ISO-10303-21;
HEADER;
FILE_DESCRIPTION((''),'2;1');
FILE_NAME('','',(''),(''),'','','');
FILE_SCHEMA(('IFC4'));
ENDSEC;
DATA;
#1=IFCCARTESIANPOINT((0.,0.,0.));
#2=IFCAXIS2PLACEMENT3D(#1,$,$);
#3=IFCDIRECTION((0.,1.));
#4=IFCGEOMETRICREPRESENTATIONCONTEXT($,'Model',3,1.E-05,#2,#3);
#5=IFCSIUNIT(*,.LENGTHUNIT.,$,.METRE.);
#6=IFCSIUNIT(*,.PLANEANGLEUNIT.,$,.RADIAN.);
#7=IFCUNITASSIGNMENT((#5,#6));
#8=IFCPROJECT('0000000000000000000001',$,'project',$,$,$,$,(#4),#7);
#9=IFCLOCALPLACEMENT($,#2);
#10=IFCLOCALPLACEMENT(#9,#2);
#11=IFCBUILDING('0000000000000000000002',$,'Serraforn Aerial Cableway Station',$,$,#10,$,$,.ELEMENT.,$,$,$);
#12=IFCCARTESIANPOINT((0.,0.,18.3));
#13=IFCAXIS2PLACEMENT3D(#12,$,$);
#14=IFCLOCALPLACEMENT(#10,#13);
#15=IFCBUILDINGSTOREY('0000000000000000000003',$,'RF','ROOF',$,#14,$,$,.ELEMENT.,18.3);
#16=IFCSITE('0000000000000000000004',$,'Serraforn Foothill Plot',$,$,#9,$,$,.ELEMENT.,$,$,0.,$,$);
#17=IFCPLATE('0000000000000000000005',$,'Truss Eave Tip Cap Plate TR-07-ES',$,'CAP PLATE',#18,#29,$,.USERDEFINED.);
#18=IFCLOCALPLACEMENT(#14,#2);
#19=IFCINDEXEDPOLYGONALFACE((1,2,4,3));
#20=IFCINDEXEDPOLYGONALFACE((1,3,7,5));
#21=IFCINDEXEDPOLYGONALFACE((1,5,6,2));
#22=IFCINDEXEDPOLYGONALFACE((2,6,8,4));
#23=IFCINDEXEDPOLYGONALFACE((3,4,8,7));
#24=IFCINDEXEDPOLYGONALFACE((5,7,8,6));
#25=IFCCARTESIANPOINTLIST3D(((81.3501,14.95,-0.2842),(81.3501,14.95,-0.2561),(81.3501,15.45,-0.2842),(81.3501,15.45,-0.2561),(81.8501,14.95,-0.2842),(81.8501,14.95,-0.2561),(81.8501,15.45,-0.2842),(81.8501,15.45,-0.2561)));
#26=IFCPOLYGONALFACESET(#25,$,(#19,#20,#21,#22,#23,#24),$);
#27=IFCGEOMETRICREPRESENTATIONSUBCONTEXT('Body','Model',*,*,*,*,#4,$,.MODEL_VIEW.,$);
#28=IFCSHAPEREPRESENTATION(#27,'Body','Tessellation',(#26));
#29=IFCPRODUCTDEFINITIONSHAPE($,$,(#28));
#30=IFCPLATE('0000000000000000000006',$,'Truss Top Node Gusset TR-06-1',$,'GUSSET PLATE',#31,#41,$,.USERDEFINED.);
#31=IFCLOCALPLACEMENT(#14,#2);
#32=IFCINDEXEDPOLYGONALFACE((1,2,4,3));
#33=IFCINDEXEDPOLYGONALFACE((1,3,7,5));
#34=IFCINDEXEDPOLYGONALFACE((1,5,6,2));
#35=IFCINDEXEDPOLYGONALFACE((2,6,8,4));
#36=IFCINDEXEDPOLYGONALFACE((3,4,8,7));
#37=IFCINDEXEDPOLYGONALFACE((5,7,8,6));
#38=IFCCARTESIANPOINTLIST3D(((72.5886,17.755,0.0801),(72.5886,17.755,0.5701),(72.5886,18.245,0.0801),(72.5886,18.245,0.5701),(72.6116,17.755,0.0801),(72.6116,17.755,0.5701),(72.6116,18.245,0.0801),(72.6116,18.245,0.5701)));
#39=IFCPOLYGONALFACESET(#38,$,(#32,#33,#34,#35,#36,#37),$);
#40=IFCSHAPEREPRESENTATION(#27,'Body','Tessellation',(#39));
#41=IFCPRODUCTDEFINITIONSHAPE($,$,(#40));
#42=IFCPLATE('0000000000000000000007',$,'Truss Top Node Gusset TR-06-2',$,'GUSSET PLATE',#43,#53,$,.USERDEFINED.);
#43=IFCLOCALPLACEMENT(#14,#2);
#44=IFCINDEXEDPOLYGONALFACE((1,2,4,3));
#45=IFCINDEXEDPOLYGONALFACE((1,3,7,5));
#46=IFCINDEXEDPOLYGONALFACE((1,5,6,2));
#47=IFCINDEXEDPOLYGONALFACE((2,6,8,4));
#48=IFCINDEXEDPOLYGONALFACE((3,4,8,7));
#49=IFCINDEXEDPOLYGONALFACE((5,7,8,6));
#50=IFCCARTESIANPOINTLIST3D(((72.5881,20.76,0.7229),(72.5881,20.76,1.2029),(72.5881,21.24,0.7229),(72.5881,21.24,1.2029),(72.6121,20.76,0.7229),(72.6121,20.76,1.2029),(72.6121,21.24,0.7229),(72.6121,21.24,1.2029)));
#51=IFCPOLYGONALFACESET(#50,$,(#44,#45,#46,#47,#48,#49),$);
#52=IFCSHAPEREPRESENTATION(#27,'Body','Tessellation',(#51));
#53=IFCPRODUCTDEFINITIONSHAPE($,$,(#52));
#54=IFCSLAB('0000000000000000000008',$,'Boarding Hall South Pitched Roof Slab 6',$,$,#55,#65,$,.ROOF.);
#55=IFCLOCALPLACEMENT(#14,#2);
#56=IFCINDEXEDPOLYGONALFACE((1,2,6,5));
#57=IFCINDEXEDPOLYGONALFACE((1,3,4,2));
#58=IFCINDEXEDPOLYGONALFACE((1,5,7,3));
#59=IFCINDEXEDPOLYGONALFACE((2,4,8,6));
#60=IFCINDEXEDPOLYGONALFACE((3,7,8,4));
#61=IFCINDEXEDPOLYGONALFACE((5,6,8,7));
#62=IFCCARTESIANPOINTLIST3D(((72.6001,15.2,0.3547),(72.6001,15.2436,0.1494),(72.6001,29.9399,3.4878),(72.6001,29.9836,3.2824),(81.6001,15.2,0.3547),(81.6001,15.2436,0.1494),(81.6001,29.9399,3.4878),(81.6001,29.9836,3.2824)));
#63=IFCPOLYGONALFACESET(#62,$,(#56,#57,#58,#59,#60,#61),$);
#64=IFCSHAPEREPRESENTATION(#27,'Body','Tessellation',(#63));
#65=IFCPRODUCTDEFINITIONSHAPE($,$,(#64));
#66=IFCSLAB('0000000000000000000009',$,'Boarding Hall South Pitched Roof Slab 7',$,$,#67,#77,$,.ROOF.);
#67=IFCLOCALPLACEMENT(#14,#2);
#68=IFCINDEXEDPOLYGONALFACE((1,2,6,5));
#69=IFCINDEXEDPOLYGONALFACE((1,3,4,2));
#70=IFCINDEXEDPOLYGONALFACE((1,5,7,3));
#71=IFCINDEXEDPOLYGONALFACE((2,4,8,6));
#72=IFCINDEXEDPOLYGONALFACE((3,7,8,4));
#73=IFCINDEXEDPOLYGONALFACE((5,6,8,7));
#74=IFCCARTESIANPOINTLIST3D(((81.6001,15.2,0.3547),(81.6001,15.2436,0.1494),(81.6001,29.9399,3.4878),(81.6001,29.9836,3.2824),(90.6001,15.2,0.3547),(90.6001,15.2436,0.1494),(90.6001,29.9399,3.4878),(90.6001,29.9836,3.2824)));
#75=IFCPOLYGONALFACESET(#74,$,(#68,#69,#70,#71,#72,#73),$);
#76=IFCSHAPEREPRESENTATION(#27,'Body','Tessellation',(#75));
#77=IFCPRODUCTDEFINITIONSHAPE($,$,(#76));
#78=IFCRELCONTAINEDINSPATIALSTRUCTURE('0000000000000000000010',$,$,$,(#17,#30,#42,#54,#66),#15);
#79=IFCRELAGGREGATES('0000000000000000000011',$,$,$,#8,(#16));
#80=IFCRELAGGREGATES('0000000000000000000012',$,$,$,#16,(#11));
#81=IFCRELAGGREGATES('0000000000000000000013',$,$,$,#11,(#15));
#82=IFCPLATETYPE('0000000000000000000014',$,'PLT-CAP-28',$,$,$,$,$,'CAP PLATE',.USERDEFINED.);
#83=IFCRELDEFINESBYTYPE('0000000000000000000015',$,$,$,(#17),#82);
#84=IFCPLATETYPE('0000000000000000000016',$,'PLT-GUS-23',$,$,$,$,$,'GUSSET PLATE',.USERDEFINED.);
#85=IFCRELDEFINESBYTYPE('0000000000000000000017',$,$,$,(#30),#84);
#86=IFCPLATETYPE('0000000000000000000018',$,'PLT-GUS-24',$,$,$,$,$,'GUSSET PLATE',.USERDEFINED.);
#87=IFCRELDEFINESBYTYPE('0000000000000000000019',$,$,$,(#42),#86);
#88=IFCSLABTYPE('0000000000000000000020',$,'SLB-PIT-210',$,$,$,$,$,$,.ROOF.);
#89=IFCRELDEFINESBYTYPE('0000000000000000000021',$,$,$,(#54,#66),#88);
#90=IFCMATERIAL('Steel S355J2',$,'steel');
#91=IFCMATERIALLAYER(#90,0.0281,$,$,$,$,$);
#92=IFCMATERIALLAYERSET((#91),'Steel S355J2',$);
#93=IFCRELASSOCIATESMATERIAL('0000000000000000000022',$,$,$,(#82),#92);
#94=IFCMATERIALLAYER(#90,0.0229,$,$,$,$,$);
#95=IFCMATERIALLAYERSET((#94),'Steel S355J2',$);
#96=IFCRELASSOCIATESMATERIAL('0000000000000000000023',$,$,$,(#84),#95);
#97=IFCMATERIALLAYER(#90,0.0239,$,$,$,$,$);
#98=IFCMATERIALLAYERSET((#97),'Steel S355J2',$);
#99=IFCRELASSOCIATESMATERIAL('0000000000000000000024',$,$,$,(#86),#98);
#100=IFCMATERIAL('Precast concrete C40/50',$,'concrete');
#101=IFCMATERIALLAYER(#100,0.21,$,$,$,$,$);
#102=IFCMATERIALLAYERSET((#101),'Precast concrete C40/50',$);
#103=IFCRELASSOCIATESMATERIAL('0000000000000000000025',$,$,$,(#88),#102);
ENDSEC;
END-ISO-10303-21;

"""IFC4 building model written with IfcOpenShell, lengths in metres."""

from ifc_helpers import new_model, si_unit, direction, frame, origin, origin_2d, place, context, subcontext, project, spatial, polyline, rectangle, outline, extrude, material, layer, layer_set, type_object, element, save


model = new_model("IFC4")

# Units and contexts
model_context = context("Model", 3, precision=1e-05, world=origin(), true_north=direction((0.0, 1.0)))
body_context = subcontext(model_context, "Body", "Model", "MODEL_VIEW")
ifc_project = project(units=[si_unit("LENGTHUNIT", "METRE"), si_unit("PLANEANGLEUNIT", "RADIAN")], contexts=[model_context])

# Site, building, storey
site_placement = place(None, origin())
site = spatial("IfcSite", under=ifc_project, at=site_placement, Name="Serraforn Foothill Plot", CompositionType="ELEMENT", RefElevation=0.0)
building_placement = place(site_placement, origin())
building = spatial("IfcBuilding", under=site, at=building_placement, Name="Serraforn Aerial Cableway Station", CompositionType="ELEMENT")
storey_placement = place(building_placement, frame((0.0, 0.0, 18.3)))
storey = spatial("IfcBuildingStorey", under=building, at=storey_placement, Name="RF", Description="ROOF", CompositionType="ELEMENT", Elevation=18.3)

# Shared definitions
ifc_material_1 = material(Name="Steel S355J2", Category="steel")

# Plates
ifc_layer_1 = layer(ifc_material_1, 0.0281)
ifc_layer_set_1 = layer_set([ifc_layer_1], Name="Steel S355J2")
plate_type_1 = type_object("IfcPlateType", Name="PLT-CAP-28", ElementType="CAP PLATE", PredefinedType="USERDEFINED", material=ifc_layer_set_1)
for number, where, z_axis, x_axis, name in (
    (1, (81.6001, 15.2, -0.2842), (0.0, 0.0, 1.0), (1.0, 0.0, 0.0), "Truss Eave Tip Cap Plate TR-07-ES"),
):
    element("IfcPlate", number, at=place(storey_placement, frame(where, z_axis=z_axis, x_axis=x_axis)), inside=storey, type_object=plate_type_1, Name=name, ObjectType="CAP PLATE", PredefinedType="USERDEFINED", context=body_context, shape_type="SweptSolid", body=[
        extrude(rectangle(XDim=0.5, YDim=0.5, at=origin_2d()), origin(), (0.0, 0.0, 1.0), 0.0281),
    ])
ifc_layer_2 = layer(ifc_material_1, 0.0229)
ifc_layer_set_2 = layer_set([ifc_layer_2], Name="Steel S355J2")
plate_type_2 = type_object("IfcPlateType", Name="PLT-GUS-23", ElementType="GUSSET PLATE", PredefinedType="USERDEFINED", material=ifc_layer_set_2)
plate_1_placement = place(storey_placement, frame((72.6001, 18.0, 0.0801), z_axis=(0.0, 0.0, 1.0), x_axis=(1.0, 0.0, 0.0)))
element("IfcPlate", 2, at=plate_1_placement, inside=storey, type_object=plate_type_2, Name="Truss Top Node Gusset TR-06-1", ObjectType="GUSSET PLATE", PredefinedType="USERDEFINED", context=body_context, shape_type="SweptSolid", body=[
    extrude(rectangle(XDim=0.0229, YDim=0.49, at=origin_2d()), origin(), (0.0, 0.0, 1.0), 0.49),
])
ifc_layer_3 = layer(ifc_material_1, 0.0239)
ifc_layer_set_3 = layer_set([ifc_layer_3], Name="Steel S355J2")
plate_type_3 = type_object("IfcPlateType", Name="PLT-GUS-24", ElementType="GUSSET PLATE", PredefinedType="USERDEFINED", material=ifc_layer_set_3)
plate_2_placement = place(storey_placement, frame((72.6001, 21.0, 0.7229), z_axis=(0.0, 0.0, 1.0), x_axis=(1.0, 0.0, 0.0)))
element("IfcPlate", 3, at=plate_2_placement, inside=storey, type_object=plate_type_3, Name="Truss Top Node Gusset TR-06-2", ObjectType="GUSSET PLATE", PredefinedType="USERDEFINED", context=body_context, shape_type="SweptSolid", body=[
    extrude(rectangle(XDim=0.0239, YDim=0.48, at=origin_2d()), origin(), (0.0, 0.0, 1.0), 0.48),
])

# Slabs
ifc_material_2 = material(Name="Precast concrete C40/50", Category="concrete")
ifc_layer_4 = layer(ifc_material_2, 0.21)
ifc_layer_set_4 = layer_set([ifc_layer_4], Name="Precast concrete C40/50")
slab_type = type_object("IfcSlabType", Name="SLB-PIT-210", PredefinedType="ROOF", material=ifc_layer_set_4)
for number, where, z_axis, x_axis, name in (
    (4, (72.6001, 15.2, 0.3547), (0.0, -0.20791, 0.978148), (1.0, 0.0, 0.0), "Boarding Hall South Pitched Roof Slab 6"),
    (5, (81.6001, 15.2, 0.3547), (0.0, -0.20791, 0.978148), (1.0, 0.0, 0.0), "Boarding Hall South Pitched Roof Slab 7"),
):
    element("IfcSlab", number, at=place(storey_placement, frame(where, z_axis=z_axis, x_axis=x_axis)), inside=storey, type_object=slab_type, Name=name, PredefinedType="ROOF", context=body_context, shape_type="SweptSolid", body=[
        extrude(outline(polyline([(0.0, 0.0), (9.0, 0.0), (9.0, 15.0693), (0.0, 15.0693), (0.0, 0.0)])), origin(), (0.0, 0.0, -1.0), 0.21),
    ])

save(model, "model.ifc")
